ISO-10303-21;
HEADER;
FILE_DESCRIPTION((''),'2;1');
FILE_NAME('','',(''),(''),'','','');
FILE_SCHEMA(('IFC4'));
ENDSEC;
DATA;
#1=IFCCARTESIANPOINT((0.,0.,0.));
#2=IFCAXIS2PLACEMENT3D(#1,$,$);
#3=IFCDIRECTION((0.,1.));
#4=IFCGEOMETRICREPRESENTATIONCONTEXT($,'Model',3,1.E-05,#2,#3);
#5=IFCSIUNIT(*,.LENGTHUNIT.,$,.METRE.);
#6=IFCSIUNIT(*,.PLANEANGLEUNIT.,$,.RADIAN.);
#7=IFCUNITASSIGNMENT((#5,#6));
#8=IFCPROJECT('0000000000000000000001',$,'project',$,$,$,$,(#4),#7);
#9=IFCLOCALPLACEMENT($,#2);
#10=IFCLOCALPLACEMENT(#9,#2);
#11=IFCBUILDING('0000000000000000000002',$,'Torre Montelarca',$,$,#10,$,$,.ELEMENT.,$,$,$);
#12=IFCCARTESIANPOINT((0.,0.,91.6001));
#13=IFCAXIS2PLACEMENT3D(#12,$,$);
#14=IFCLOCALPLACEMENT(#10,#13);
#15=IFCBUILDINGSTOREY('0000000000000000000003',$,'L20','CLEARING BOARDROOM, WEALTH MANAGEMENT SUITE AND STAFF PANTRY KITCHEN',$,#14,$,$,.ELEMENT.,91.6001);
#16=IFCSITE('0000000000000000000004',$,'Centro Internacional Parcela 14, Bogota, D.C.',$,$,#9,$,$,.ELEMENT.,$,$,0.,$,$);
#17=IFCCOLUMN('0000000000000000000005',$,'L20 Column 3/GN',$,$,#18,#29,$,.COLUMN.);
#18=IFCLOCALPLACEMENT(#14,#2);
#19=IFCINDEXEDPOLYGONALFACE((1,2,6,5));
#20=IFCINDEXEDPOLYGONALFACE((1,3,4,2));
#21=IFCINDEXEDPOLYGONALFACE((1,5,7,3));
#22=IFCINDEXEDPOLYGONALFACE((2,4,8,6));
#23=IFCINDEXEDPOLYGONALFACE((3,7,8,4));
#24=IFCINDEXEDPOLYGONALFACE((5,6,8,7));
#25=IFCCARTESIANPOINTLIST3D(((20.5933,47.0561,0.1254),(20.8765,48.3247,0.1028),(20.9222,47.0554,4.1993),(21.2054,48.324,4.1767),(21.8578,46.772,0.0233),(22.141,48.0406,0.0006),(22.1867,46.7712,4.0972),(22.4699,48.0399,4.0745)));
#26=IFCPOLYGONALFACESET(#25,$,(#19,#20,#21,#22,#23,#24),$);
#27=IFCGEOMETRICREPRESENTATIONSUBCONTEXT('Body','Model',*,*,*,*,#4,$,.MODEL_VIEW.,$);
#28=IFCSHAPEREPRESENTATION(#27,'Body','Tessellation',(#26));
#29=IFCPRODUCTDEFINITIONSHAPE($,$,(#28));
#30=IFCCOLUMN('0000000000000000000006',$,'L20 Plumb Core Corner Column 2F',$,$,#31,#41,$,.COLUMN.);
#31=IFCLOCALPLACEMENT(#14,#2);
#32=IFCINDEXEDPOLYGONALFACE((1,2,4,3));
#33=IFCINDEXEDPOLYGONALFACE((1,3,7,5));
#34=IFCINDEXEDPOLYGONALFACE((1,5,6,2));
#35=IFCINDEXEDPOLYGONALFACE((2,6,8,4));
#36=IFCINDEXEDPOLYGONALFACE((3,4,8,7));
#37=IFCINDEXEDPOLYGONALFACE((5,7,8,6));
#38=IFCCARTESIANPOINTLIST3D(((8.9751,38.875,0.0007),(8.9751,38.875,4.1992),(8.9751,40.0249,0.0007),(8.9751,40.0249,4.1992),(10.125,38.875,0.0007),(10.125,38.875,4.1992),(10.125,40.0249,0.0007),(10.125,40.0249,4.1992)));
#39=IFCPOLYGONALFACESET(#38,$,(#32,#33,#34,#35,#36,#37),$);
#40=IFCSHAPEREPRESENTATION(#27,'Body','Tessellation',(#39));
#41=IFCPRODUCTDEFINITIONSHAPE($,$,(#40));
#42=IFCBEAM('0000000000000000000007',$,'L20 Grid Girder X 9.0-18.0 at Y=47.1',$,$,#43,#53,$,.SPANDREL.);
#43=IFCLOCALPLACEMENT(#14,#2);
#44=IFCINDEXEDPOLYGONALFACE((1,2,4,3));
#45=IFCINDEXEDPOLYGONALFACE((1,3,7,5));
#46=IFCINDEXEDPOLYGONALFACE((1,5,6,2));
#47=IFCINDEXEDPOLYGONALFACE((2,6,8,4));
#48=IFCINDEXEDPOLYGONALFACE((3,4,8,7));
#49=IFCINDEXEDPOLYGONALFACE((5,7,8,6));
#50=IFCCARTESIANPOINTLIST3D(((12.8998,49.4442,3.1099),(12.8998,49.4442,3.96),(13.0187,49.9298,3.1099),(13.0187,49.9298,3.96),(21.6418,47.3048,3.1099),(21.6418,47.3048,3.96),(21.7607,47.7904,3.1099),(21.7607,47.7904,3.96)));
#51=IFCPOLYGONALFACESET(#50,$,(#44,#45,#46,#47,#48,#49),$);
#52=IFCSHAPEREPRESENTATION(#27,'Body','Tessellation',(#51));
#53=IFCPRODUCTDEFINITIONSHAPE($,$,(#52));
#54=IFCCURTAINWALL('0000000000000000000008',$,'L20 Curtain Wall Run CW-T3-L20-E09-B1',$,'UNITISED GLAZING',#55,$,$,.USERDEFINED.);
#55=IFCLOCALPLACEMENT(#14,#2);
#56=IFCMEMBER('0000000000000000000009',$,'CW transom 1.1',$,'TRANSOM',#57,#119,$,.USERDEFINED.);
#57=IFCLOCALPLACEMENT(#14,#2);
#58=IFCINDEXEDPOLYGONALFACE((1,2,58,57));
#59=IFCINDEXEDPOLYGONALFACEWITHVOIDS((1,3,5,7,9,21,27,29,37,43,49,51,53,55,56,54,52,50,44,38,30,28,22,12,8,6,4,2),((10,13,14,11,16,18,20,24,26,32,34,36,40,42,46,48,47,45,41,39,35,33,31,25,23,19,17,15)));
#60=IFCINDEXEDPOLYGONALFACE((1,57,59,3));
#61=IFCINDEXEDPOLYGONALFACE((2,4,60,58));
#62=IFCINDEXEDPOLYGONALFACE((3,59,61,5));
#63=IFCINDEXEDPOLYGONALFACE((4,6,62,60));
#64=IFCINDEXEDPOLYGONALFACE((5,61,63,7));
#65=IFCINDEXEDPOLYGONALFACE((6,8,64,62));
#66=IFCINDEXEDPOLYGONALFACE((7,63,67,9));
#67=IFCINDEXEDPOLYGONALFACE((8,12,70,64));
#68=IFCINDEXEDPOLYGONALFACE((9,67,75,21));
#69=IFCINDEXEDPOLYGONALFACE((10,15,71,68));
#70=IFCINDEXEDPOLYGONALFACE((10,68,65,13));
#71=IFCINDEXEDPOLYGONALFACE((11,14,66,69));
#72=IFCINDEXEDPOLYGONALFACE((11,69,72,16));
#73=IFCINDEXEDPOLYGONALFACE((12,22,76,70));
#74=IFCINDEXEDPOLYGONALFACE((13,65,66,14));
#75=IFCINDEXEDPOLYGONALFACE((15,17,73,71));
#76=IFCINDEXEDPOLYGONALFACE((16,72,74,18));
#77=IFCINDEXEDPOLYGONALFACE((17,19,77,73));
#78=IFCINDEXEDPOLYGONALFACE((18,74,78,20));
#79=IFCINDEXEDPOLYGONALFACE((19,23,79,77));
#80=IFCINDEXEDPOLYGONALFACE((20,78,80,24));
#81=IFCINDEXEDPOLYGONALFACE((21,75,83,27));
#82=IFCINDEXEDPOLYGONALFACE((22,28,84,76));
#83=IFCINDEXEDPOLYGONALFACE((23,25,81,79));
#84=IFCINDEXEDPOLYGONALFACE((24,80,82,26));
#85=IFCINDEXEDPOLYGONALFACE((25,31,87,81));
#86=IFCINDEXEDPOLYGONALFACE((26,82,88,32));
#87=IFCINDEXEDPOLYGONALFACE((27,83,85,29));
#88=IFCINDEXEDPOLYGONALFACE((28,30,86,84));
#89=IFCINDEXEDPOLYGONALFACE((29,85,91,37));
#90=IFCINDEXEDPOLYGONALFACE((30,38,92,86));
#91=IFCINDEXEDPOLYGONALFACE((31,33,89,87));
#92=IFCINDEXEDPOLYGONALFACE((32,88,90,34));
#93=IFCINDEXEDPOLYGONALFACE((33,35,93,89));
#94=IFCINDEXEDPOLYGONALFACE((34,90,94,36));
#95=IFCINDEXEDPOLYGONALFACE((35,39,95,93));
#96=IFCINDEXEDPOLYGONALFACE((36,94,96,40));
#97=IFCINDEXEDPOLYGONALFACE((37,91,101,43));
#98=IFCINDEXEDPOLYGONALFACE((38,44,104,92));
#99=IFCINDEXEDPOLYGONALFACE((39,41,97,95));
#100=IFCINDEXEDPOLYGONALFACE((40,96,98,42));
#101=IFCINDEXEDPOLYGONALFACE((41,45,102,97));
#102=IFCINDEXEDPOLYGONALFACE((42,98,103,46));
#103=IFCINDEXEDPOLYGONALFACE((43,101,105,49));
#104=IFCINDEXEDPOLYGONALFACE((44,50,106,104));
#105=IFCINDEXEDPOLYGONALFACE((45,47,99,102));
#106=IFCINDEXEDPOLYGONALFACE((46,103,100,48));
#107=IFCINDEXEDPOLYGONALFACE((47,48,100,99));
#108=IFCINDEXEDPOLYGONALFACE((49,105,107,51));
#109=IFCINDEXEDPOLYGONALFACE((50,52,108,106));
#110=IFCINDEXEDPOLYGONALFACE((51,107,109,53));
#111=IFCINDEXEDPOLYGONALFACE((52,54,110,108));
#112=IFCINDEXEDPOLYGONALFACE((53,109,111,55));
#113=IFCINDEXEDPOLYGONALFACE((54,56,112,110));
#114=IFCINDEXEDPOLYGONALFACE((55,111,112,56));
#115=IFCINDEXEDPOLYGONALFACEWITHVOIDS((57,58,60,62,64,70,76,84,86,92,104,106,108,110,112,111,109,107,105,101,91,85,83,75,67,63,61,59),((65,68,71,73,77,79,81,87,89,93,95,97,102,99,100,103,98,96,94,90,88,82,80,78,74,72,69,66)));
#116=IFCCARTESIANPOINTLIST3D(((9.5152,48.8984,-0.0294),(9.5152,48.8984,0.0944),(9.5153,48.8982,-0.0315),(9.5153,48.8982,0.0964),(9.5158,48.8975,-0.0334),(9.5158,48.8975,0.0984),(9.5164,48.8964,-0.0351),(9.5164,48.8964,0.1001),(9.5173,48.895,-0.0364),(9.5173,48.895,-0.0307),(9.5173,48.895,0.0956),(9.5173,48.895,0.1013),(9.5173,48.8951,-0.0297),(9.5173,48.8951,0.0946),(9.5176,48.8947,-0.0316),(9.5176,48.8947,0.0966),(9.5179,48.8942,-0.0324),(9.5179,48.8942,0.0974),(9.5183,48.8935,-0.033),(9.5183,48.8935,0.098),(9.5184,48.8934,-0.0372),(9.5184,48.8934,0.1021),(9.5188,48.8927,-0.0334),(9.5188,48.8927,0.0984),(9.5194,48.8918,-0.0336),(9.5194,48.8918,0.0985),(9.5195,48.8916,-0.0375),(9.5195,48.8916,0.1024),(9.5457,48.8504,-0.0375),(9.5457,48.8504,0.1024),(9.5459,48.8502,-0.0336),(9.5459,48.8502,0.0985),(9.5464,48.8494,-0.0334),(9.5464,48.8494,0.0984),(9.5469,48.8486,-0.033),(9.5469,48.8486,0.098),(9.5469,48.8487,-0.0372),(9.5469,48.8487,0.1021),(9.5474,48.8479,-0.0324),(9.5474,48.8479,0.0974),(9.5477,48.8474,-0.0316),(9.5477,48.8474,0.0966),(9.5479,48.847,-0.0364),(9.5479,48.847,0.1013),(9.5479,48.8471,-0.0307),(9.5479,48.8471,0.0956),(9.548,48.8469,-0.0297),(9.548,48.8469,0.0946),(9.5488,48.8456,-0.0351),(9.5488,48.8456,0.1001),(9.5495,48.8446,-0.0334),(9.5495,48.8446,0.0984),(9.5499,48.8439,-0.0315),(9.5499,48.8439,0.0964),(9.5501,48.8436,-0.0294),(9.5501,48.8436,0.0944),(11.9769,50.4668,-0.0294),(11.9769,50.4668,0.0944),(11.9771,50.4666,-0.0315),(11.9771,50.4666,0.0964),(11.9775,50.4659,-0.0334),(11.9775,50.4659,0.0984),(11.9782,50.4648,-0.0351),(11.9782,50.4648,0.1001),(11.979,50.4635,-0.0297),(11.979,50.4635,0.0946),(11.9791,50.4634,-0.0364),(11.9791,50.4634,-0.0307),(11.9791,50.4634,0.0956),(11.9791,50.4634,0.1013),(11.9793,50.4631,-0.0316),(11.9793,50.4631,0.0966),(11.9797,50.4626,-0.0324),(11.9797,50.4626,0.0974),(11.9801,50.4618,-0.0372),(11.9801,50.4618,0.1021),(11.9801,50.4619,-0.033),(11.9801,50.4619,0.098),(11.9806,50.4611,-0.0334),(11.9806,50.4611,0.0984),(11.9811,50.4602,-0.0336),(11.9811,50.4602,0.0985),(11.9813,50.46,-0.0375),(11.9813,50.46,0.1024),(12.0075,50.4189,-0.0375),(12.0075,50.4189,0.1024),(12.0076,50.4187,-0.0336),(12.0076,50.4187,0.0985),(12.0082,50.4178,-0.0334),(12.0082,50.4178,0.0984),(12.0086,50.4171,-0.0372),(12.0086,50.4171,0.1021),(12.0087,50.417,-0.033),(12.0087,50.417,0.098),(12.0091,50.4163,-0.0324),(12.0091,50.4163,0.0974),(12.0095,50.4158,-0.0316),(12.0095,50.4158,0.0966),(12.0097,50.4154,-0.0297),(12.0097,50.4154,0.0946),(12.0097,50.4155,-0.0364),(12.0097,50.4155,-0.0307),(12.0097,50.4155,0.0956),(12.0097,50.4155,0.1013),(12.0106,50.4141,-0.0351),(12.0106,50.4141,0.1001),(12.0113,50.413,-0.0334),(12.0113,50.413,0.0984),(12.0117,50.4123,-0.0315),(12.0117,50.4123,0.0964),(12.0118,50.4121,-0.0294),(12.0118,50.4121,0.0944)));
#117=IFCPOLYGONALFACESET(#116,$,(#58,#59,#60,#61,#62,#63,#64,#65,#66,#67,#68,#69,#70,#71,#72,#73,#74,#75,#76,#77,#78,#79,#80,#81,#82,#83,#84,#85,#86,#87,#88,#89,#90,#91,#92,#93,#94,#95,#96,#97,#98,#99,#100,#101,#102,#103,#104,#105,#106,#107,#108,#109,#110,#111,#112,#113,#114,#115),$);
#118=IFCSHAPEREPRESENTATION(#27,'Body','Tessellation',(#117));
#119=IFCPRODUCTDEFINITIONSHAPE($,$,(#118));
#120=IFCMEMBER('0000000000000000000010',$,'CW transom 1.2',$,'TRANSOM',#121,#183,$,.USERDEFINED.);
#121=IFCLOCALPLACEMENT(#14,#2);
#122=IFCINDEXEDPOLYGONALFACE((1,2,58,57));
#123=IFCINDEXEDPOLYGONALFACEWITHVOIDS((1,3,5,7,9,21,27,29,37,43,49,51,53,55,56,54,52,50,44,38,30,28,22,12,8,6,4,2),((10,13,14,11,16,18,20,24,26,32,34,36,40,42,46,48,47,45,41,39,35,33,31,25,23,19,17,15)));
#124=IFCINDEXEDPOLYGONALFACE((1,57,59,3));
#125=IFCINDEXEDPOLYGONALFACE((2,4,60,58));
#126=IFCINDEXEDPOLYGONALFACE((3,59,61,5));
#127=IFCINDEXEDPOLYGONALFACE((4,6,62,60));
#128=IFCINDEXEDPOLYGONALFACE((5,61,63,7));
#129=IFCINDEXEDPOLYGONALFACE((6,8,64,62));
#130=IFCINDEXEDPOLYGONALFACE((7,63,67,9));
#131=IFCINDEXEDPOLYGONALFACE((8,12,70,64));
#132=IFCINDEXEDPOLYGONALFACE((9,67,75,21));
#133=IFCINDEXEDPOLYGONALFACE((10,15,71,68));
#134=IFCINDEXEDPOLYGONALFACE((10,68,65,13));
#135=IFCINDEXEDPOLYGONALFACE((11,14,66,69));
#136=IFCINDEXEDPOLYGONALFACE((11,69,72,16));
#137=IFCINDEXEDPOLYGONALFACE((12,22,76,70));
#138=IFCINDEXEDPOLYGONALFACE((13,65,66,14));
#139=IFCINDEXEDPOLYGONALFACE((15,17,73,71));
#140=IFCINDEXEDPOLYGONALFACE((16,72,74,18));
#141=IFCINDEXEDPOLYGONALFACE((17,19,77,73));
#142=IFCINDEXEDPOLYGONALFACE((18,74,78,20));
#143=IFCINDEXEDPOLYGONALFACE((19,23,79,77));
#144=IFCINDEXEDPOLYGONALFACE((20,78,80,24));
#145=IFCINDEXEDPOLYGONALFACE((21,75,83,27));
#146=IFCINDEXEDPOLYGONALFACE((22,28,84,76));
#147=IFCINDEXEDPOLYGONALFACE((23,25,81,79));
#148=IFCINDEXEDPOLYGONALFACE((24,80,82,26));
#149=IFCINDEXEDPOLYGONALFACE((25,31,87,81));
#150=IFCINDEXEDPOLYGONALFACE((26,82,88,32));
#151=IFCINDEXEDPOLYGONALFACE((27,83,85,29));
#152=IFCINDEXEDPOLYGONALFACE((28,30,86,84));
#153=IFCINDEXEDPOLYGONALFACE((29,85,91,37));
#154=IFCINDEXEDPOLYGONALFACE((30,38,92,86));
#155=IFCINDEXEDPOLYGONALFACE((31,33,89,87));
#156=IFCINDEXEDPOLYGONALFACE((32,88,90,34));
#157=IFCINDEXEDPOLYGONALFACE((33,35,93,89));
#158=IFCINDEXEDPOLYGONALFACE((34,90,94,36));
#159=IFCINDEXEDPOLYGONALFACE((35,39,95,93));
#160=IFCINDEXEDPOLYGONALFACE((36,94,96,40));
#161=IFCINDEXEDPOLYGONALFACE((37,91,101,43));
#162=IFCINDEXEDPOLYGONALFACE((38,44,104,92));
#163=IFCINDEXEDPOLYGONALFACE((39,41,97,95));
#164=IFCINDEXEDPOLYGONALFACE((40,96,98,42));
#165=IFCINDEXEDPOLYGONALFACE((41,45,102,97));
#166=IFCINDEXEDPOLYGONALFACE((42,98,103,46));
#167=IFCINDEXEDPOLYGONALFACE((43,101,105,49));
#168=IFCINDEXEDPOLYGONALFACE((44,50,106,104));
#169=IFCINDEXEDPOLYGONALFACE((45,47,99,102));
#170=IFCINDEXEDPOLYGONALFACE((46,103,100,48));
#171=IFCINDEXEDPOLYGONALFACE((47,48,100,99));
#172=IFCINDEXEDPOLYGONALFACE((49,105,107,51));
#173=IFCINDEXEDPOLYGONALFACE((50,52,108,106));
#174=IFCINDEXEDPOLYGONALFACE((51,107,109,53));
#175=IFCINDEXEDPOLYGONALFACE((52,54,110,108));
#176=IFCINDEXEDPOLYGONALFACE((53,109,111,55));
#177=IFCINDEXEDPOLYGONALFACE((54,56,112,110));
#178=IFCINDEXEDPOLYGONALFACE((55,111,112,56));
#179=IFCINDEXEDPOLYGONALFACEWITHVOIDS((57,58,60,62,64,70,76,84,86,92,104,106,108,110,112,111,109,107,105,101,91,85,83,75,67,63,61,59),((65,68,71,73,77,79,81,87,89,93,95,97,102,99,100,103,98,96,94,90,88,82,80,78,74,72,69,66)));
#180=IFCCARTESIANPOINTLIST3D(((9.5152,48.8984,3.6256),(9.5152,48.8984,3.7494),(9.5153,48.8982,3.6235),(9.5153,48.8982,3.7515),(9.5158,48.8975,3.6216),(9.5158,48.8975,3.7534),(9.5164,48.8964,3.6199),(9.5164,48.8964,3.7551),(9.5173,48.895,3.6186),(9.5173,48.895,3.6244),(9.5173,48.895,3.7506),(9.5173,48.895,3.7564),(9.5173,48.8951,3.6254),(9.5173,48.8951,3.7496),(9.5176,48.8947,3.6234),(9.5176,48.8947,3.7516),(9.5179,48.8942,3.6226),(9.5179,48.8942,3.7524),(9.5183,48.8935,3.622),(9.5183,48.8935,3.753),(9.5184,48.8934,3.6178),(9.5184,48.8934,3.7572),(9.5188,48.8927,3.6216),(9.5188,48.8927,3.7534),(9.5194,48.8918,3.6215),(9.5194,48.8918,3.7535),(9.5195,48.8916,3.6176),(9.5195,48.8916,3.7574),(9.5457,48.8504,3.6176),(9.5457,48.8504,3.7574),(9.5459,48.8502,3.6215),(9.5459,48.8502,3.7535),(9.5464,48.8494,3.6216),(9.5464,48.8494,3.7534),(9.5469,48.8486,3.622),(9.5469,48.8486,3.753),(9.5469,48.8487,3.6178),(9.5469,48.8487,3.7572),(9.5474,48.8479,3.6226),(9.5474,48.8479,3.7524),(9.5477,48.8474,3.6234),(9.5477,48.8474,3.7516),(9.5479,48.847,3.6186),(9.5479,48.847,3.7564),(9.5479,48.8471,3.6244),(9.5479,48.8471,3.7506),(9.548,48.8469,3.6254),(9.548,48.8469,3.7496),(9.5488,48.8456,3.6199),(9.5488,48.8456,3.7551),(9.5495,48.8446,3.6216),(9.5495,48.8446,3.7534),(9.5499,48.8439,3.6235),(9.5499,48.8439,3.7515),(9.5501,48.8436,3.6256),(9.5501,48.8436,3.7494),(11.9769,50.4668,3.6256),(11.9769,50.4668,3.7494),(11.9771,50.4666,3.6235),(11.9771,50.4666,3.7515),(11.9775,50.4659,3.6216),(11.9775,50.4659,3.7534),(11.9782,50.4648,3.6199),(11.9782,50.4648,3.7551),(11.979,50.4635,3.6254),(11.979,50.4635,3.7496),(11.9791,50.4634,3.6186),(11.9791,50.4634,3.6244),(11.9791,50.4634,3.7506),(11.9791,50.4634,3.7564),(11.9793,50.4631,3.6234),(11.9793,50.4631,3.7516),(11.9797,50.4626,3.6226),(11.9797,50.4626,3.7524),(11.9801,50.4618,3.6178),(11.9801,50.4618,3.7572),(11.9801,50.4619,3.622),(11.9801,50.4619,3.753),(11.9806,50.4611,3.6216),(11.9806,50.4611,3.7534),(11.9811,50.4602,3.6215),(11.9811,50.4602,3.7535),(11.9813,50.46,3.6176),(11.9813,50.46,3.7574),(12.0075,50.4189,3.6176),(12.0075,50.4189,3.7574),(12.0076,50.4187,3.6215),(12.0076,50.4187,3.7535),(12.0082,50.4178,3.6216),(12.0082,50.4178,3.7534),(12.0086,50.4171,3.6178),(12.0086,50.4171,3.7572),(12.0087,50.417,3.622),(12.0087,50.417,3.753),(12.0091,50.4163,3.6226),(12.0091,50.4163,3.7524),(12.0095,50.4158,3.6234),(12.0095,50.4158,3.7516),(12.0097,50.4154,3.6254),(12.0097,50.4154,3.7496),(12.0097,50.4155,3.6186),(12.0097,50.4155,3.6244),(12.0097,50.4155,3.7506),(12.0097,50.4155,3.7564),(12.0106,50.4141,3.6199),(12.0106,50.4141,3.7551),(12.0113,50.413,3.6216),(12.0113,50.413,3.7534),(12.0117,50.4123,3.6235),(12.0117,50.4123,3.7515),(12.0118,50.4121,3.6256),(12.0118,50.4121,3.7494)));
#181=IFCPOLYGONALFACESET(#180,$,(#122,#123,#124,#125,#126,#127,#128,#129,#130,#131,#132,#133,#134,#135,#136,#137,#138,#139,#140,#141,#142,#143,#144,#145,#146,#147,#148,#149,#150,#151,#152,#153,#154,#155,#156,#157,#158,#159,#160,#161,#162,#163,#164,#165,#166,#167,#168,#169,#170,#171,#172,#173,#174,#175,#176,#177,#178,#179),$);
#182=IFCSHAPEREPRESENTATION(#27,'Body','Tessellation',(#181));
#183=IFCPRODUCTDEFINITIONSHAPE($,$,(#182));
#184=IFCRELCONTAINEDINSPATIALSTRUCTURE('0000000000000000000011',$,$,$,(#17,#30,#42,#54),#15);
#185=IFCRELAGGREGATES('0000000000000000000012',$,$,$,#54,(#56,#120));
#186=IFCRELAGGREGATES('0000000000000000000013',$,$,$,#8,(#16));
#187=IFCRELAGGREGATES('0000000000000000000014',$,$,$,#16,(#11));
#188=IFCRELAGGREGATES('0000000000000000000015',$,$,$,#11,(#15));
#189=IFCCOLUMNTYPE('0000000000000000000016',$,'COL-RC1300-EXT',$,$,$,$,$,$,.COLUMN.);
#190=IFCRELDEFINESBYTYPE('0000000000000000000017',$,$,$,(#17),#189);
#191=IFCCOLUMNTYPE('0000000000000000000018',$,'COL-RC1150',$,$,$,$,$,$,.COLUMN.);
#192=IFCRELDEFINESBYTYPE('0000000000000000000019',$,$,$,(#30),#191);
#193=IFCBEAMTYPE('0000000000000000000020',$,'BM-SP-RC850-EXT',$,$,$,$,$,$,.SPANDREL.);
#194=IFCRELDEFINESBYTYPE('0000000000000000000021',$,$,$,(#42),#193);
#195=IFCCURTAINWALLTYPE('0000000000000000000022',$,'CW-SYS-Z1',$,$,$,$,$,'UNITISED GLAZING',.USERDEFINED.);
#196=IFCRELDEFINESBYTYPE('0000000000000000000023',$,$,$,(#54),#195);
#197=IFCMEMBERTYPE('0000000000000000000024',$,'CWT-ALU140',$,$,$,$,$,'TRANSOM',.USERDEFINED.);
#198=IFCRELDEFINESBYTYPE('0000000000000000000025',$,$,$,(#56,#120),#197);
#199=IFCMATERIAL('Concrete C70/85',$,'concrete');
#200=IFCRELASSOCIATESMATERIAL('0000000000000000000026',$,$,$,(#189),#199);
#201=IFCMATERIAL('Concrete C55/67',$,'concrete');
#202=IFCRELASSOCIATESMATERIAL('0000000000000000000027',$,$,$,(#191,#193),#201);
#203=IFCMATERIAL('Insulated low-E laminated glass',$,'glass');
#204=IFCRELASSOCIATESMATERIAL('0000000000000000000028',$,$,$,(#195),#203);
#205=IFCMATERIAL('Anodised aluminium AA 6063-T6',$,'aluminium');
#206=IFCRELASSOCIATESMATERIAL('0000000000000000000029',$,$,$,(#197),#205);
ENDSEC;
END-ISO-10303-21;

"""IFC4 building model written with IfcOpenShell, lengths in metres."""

from ifc_helpers import new_model, si_unit, direction, frame, origin, origin_2d, place, context, subcontext, project, spatial, rectangle, hollow_rectangle, extrude, clip, halfspace, source, transform, mapped, material, material_profile, profile_set, type_object, element, aggregate, save


model = new_model("IFC4")

# Units and contexts
model_context = context("Model", 3, precision=1e-05, world=origin(), true_north=direction((0.0, 1.0)))
body_context = subcontext(model_context, "Body", "Model", "MODEL_VIEW")
ifc_project = project(units=[si_unit("LENGTHUNIT", "METRE"), si_unit("PLANEANGLEUNIT", "RADIAN")], contexts=[model_context])

# Site, building, storey
site_placement = place(None, origin())
site = spatial("IfcSite", under=ifc_project, at=site_placement, Name="Centro Internacional Parcela 14, Bogota, D.C.", CompositionType="ELEMENT", RefElevation=0.0)
building_placement = place(site_placement, origin())
building = spatial("IfcBuilding", under=site, at=building_placement, Name="Torre Montelarca", CompositionType="ELEMENT")
storey_placement = place(building_placement, frame((0.0, 0.0, 91.6001)))
storey = spatial("IfcBuildingStorey", under=building, at=storey_placement, Name="L20", Description="CLEARING BOARDROOM, WEALTH MANAGEMENT SUITE AND STAFF PANTRY KITCHEN", CompositionType="ELEMENT", Elevation=91.6001)

# Columns
ifc_material_1 = material(Name="Concrete C70/85", Category="concrete")
ifc_material_profile_1 = material_profile(ifc_material_1, rectangle(XDim=1.3, YDim=1.3, at=origin_2d()), Name="RC1300X1300", Category="concrete")
ifc_profile_set_1 = profile_set([ifc_material_profile_1], Name="Concrete C70/85")
column_type_1 = type_object("IfcColumnType", Name="COL-RC1300-EXT", PredefinedType="COLUMN", material=ifc_profile_set_1)
column_1_placement = place(storey_placement, frame((21.3621, 47.5483, 0.0), z_axis=(0.08048, -0.000174, 0.996756), x_axis=(-0.217846, -0.975828, 0.017419)))
element("IfcColumn", 1, at=column_1_placement, inside=storey, type_object=column_type_1, Name="L20 Column 3/GN", PredefinedType="COLUMN", context=body_context, shape_type="Clipping", body=[
    clip(clip(extrude(rectangle(XDim=1.3, YDim=1.3, at=origin_2d()), origin(), (0.0, 0.0, 1.0), 4.2136), halfspace(frame((0.0, 0.0, 0.0632), z_axis=(0.0, 0.0, -1.0), x_axis=(1.0, 0.0, 0.0)), False)), halfspace(frame((0.0, 0.0, 4.1504), z_axis=(0.0, 0.0, 1.0), x_axis=(1.0, 0.0, 0.0)), False)),
])
ifc_material_2 = material(Name="Concrete C55/67", Category="concrete")
ifc_material_profile_2 = material_profile(ifc_material_2, rectangle(XDim=1.1499, YDim=1.1499, at=origin_2d()), Name="RC1150X1150", Category="concrete")
ifc_profile_set_2 = profile_set([ifc_material_profile_2], Name="Concrete C55/67")
column_type_2 = type_object("IfcColumnType", Name="COL-RC1150", PredefinedType="COLUMN", material=ifc_profile_set_2)
shared_shape_1 = source(origin(), body_context, "Body", "SweptSolid", [
    extrude(rectangle(XDim=1.1499, YDim=1.1499, at=origin_2d()), origin(), (0.0, 0.0, 1.0), 4.1985),
])
column_2_placement = place(storey_placement, frame((9.55, 39.45, 0.0007), z_axis=(0.0, 0.0, 1.0), x_axis=(1.0, 0.0, 0.0)))
element("IfcColumn", 2, at=column_2_placement, inside=storey, type_object=column_type_2, Name="L20 Plumb Core Corner Column 2F", PredefinedType="COLUMN", context=body_context, shape_type="MappedRepresentation", body=[
    mapped(shared_shape_1, transform((0.0, 0.0, 0.0), scale=1.0)),
])

# Beam
ifc_material_profile_3 = material_profile(ifc_material_2, rectangle(XDim=0.5, YDim=0.8501, at=origin_2d()), Name="RCB500X850", Category="concrete")
ifc_profile_set_3 = profile_set([ifc_material_profile_3], Name="Concrete C55/67")
beam_type = type_object("IfcBeamType", Name="BM-SP-RC850-EXT", PredefinedType="SPANDREL", material=ifc_profile_set_3)
shared_shape_2 = source(origin(), body_context, "Body", "SweptSolid", [
    extrude(rectangle(XDim=0.5, YDim=0.8501, at=origin_2d()), origin(), (0.0, 0.0, 1.0), 9.0),
])
beam_placement = place(storey_placement, frame((12.9592, 49.687, 3.5349), z_axis=(0.971335, -0.237714, 0.0), x_axis=(0.237714, 0.971335, 0.0)))
element("IfcBeam", 3, at=beam_placement, inside=storey, type_object=beam_type, Name="L20 Grid Girder X 9.0-18.0 at Y=47.1", PredefinedType="SPANDREL", context=body_context, shape_type="MappedRepresentation", body=[
    mapped(shared_shape_2, transform((0.0, 0.0, 0.0), scale=1.0)),
])

# Curtain wall, members
ifc_material_3 = material(Name="Insulated low-E laminated glass", Category="glass")
curtain_wall_type = type_object("IfcCurtainWallType", Name="CW-SYS-Z1", ElementType="UNITISED GLAZING", PredefinedType="USERDEFINED", material=ifc_material_3)
curtain_wall_1_placement = place(storey_placement, origin())
curtain_wall_1 = element("IfcCurtainWall", 4, at=curtain_wall_1_placement, inside=storey, type_object=curtain_wall_type, Name="L20 Curtain Wall Run CW-T3-L20-E09-B1", ObjectType="UNITISED GLAZING", PredefinedType="USERDEFINED")
ifc_material_4 = material(Name="Anodised aluminium AA 6063-T6", Category="aluminium")
ifc_material_profile_4 = material_profile(ifc_material_4, hollow_rectangle(XDim=0.0649, YDim=0.1399, WallThickness=0.0039, InnerFilletRadius=0.0039, OuterFilletRadius=0.0081, at=origin_2d()), Name="ALU65X140X4", Category="aluminium")
ifc_profile_set_4 = profile_set([ifc_material_profile_4], Name="Anodised aluminium AA 6063-T6")
member_type_1 = type_object("IfcMemberType", Name="CWT-ALU140", ElementType="TRANSOM", PredefinedType="USERDEFINED", material=ifc_profile_set_4)
shared_shape_3 = source(origin(), body_context, "Body", "SweptSolid", [
    extrude(hollow_rectangle(XDim=0.0649, YDim=0.1399, WallThickness=0.0039, InnerFilletRadius=0.0039, OuterFilletRadius=0.0081, at=origin_2d()), origin(), (0.0, 0.0, 1.0), 2.9189),
])
member_1_placement = place(storey_placement, frame((11.9944, 50.4395, 0.0325), z_axis=(-0.843376, -0.537325, 0.0), x_axis=(0.537325, -0.843376, 0.0)))
member_1 = element("IfcMember", 5, at=member_1_placement, type_object=member_type_1, Name="CW transom 1.1", ObjectType="TRANSOM", PredefinedType="USERDEFINED", context=body_context, shape_type="MappedRepresentation", body=[
    mapped(shared_shape_3, transform((0.0, 0.0, 0.0), scale=1.0)),
])
member_2_placement = place(storey_placement, frame((11.9944, 50.4395, 3.6875), z_axis=(-0.843376, -0.537325, 0.0), x_axis=(0.537325, -0.843376, 0.0)))
member_2 = element("IfcMember", 6, at=member_2_placement, type_object=member_type_1, Name="CW transom 1.2", ObjectType="TRANSOM", PredefinedType="USERDEFINED", context=body_context, shape_type="MappedRepresentation", body=[
    mapped(shared_shape_3, transform((0.0, 0.0, 0.0), scale=1.0)),
])

aggregate(curtain_wall_1, [member_1, member_2])

save(model, "model.ifc")
